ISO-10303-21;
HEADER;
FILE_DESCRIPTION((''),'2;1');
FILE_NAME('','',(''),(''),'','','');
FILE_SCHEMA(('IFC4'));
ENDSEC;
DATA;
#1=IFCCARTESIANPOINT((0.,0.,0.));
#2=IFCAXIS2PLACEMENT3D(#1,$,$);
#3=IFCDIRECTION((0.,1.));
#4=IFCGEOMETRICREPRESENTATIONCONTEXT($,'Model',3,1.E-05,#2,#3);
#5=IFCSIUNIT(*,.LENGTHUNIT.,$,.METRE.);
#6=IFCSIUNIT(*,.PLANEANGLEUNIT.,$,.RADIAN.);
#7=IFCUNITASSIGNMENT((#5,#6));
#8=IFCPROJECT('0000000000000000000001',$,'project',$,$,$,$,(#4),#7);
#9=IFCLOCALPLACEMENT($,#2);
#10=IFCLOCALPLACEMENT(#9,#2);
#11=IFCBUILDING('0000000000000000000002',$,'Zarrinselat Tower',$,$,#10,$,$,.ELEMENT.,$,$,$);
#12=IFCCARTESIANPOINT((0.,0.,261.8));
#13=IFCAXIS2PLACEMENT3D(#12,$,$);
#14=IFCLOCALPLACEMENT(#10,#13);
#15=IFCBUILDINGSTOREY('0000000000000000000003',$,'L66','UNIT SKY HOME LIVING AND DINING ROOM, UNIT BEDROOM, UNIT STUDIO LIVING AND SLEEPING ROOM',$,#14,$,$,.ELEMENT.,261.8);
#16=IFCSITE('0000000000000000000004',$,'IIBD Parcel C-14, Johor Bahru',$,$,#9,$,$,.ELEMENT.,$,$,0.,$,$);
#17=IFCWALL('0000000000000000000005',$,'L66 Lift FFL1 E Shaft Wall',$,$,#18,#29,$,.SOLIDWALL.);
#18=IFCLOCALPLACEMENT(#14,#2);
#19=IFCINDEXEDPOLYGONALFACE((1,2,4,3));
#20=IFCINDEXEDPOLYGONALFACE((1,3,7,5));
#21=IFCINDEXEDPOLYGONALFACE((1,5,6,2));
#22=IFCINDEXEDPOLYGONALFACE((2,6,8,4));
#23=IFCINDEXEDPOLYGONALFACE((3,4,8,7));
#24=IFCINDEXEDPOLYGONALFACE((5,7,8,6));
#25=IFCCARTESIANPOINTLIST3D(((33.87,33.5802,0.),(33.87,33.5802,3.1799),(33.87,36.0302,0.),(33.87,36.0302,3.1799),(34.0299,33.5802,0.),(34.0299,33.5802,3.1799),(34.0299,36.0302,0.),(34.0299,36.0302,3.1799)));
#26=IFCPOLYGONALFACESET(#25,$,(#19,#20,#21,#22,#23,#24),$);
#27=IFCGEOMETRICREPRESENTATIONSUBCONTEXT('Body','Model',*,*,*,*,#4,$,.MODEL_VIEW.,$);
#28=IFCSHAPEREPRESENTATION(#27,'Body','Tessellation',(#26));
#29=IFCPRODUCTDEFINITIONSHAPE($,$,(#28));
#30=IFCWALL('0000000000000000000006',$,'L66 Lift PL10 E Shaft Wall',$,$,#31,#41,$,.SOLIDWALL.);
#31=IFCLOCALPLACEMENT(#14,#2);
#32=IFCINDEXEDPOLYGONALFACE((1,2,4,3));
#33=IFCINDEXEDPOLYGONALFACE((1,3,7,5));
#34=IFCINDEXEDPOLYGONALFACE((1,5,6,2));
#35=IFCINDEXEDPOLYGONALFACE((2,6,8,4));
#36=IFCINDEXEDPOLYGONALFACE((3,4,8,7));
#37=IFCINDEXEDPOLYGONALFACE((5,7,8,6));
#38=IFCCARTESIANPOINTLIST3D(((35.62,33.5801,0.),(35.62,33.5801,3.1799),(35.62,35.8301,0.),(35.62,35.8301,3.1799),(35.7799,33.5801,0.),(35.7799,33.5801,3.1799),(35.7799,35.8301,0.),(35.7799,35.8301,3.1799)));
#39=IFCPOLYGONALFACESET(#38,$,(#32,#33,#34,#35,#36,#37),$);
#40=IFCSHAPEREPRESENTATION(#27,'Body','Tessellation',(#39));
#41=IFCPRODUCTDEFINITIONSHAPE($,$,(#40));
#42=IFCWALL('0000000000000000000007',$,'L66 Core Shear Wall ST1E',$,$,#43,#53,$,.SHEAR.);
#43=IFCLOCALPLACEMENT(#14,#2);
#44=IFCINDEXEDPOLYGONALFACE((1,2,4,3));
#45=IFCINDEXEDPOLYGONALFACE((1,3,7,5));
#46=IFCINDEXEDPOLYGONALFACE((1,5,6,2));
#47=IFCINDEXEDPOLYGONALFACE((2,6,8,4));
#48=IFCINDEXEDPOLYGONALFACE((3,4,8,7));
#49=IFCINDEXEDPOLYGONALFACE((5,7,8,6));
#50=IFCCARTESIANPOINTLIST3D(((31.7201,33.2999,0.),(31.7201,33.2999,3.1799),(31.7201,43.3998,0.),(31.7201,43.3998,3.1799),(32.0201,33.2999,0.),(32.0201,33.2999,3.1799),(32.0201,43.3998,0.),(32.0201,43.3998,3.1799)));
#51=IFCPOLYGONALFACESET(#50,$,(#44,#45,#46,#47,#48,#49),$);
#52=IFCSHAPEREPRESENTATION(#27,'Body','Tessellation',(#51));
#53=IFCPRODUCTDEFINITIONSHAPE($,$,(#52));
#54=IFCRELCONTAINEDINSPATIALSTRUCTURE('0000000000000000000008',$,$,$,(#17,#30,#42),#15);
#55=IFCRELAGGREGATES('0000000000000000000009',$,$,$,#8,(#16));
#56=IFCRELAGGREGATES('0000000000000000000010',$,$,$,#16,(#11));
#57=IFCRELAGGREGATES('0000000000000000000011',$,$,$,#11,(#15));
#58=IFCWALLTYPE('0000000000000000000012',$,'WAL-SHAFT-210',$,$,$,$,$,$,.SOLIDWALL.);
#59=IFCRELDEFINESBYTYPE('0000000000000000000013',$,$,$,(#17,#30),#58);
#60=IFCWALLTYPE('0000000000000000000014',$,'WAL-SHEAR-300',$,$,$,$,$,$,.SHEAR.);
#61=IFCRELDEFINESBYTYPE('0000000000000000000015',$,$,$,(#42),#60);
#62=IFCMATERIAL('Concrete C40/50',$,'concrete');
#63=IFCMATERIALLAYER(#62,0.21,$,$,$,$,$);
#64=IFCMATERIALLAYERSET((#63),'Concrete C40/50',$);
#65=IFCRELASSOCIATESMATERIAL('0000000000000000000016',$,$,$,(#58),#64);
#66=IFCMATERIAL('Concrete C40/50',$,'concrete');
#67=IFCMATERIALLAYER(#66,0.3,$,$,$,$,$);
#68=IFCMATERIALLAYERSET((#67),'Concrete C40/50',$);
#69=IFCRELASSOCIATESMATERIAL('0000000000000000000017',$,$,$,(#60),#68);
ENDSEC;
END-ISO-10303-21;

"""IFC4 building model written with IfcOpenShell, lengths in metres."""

from ifc_helpers import new_model, si_unit, direction, frame, frame_2d, origin, place, context, subcontext, project, spatial, rectangle, extrude, material, layer, layer_set, type_object, element, save


model = new_model("IFC4")

# Units and contexts
model_context = context("Model", 3, precision=1e-05, world=origin(), true_north=direction((0.0, 1.0)))
body_context = subcontext(model_context, "Body", "Model", "MODEL_VIEW")
ifc_project = project(units=[si_unit("LENGTHUNIT", "METRE"), si_unit("PLANEANGLEUNIT", "RADIAN")], contexts=[model_context])

# Site, building, storey
site_placement = place(None, origin())
site = spatial("IfcSite", under=ifc_project, at=site_placement, Name="IIBD Parcel C-14, Johor Bahru", CompositionType="ELEMENT", RefElevation=0.0)
building_placement = place(site_placement, origin())
building = spatial("IfcBuilding", under=site, at=building_placement, Name="Zarrinselat Tower", CompositionType="ELEMENT")
storey_placement = place(building_placement, frame((0.0, 0.0, 261.8)))
storey = spatial("IfcBuildingStorey", under=building, at=storey_placement, Name="L66", Description="UNIT SKY HOME LIVING AND DINING ROOM, UNIT BEDROOM, UNIT STUDIO LIVING AND SLEEPING ROOM", CompositionType="ELEMENT", Elevation=261.8)

# Walls
ifc_material_1 = material(Name="Concrete C40/50", Category="concrete")
ifc_layer_1 = layer(ifc_material_1, 0.21)
ifc_layer_set_1 = layer_set([ifc_layer_1], Name="Concrete C40/50")
wall_type_1 = type_object("IfcWallType", Name="WAL-SHAFT-210", PredefinedType="SOLIDWALL", material=ifc_layer_set_1)
wall_1_placement = place(storey_placement, frame((33.95, 33.5801, 0.0), z_axis=(0.0, 0.0, 1.0), x_axis=(0.0, 1.0, 0.0)))
element("IfcWall", 1, at=wall_1_placement, inside=storey, type_object=wall_type_1, Name="L66 Lift FFL1 E Shaft Wall", PredefinedType="SOLIDWALL", context=body_context, shape_type="SweptSolid", body=[
    extrude(rectangle(XDim=2.45, YDim=0.1599, at=frame_2d((1.2251, 0.0))), origin(), (0.0, 0.0, 1.0), 3.1799),
])
wall_2_placement = place(storey_placement, frame((35.7, 33.5801, 0.0), z_axis=(0.0, 0.0, 1.0), x_axis=(0.0, 1.0, 0.0)))
element("IfcWall", 2, at=wall_2_placement, inside=storey, type_object=wall_type_1, Name="L66 Lift PL10 E Shaft Wall", PredefinedType="SOLIDWALL", context=body_context, shape_type="SweptSolid", body=[
    extrude(rectangle(XDim=2.25, YDim=0.1599, at=frame_2d((1.125, 0.0))), origin(), (0.0, 0.0, 1.0), 3.1799),
])
ifc_material_2 = material(Name="Concrete C40/50", Category="concrete")
ifc_layer_2 = layer(ifc_material_2, 0.3)
ifc_layer_set_2 = layer_set([ifc_layer_2], Name="Concrete C40/50")
wall_type_2 = type_object("IfcWallType", Name="WAL-SHEAR-300", PredefinedType="SHEAR", material=ifc_layer_set_2)
wall_3_placement = place(storey_placement, frame((31.8701, 33.3, 0.0), z_axis=(0.0, 0.0, 1.0), x_axis=(0.0, 1.0, 0.0)))
element("IfcWall", 3, at=wall_3_placement, inside=storey, type_object=wall_type_2, Name="L66 Core Shear Wall ST1E", PredefinedType="SHEAR", context=body_context, shape_type="SweptSolid", body=[
    extrude(rectangle(XDim=10.0999, YDim=0.3, at=frame_2d((5.0498, 0.0))), origin(), (0.0, 0.0, 1.0), 3.1799),
])

save(model, "model.ifc")
